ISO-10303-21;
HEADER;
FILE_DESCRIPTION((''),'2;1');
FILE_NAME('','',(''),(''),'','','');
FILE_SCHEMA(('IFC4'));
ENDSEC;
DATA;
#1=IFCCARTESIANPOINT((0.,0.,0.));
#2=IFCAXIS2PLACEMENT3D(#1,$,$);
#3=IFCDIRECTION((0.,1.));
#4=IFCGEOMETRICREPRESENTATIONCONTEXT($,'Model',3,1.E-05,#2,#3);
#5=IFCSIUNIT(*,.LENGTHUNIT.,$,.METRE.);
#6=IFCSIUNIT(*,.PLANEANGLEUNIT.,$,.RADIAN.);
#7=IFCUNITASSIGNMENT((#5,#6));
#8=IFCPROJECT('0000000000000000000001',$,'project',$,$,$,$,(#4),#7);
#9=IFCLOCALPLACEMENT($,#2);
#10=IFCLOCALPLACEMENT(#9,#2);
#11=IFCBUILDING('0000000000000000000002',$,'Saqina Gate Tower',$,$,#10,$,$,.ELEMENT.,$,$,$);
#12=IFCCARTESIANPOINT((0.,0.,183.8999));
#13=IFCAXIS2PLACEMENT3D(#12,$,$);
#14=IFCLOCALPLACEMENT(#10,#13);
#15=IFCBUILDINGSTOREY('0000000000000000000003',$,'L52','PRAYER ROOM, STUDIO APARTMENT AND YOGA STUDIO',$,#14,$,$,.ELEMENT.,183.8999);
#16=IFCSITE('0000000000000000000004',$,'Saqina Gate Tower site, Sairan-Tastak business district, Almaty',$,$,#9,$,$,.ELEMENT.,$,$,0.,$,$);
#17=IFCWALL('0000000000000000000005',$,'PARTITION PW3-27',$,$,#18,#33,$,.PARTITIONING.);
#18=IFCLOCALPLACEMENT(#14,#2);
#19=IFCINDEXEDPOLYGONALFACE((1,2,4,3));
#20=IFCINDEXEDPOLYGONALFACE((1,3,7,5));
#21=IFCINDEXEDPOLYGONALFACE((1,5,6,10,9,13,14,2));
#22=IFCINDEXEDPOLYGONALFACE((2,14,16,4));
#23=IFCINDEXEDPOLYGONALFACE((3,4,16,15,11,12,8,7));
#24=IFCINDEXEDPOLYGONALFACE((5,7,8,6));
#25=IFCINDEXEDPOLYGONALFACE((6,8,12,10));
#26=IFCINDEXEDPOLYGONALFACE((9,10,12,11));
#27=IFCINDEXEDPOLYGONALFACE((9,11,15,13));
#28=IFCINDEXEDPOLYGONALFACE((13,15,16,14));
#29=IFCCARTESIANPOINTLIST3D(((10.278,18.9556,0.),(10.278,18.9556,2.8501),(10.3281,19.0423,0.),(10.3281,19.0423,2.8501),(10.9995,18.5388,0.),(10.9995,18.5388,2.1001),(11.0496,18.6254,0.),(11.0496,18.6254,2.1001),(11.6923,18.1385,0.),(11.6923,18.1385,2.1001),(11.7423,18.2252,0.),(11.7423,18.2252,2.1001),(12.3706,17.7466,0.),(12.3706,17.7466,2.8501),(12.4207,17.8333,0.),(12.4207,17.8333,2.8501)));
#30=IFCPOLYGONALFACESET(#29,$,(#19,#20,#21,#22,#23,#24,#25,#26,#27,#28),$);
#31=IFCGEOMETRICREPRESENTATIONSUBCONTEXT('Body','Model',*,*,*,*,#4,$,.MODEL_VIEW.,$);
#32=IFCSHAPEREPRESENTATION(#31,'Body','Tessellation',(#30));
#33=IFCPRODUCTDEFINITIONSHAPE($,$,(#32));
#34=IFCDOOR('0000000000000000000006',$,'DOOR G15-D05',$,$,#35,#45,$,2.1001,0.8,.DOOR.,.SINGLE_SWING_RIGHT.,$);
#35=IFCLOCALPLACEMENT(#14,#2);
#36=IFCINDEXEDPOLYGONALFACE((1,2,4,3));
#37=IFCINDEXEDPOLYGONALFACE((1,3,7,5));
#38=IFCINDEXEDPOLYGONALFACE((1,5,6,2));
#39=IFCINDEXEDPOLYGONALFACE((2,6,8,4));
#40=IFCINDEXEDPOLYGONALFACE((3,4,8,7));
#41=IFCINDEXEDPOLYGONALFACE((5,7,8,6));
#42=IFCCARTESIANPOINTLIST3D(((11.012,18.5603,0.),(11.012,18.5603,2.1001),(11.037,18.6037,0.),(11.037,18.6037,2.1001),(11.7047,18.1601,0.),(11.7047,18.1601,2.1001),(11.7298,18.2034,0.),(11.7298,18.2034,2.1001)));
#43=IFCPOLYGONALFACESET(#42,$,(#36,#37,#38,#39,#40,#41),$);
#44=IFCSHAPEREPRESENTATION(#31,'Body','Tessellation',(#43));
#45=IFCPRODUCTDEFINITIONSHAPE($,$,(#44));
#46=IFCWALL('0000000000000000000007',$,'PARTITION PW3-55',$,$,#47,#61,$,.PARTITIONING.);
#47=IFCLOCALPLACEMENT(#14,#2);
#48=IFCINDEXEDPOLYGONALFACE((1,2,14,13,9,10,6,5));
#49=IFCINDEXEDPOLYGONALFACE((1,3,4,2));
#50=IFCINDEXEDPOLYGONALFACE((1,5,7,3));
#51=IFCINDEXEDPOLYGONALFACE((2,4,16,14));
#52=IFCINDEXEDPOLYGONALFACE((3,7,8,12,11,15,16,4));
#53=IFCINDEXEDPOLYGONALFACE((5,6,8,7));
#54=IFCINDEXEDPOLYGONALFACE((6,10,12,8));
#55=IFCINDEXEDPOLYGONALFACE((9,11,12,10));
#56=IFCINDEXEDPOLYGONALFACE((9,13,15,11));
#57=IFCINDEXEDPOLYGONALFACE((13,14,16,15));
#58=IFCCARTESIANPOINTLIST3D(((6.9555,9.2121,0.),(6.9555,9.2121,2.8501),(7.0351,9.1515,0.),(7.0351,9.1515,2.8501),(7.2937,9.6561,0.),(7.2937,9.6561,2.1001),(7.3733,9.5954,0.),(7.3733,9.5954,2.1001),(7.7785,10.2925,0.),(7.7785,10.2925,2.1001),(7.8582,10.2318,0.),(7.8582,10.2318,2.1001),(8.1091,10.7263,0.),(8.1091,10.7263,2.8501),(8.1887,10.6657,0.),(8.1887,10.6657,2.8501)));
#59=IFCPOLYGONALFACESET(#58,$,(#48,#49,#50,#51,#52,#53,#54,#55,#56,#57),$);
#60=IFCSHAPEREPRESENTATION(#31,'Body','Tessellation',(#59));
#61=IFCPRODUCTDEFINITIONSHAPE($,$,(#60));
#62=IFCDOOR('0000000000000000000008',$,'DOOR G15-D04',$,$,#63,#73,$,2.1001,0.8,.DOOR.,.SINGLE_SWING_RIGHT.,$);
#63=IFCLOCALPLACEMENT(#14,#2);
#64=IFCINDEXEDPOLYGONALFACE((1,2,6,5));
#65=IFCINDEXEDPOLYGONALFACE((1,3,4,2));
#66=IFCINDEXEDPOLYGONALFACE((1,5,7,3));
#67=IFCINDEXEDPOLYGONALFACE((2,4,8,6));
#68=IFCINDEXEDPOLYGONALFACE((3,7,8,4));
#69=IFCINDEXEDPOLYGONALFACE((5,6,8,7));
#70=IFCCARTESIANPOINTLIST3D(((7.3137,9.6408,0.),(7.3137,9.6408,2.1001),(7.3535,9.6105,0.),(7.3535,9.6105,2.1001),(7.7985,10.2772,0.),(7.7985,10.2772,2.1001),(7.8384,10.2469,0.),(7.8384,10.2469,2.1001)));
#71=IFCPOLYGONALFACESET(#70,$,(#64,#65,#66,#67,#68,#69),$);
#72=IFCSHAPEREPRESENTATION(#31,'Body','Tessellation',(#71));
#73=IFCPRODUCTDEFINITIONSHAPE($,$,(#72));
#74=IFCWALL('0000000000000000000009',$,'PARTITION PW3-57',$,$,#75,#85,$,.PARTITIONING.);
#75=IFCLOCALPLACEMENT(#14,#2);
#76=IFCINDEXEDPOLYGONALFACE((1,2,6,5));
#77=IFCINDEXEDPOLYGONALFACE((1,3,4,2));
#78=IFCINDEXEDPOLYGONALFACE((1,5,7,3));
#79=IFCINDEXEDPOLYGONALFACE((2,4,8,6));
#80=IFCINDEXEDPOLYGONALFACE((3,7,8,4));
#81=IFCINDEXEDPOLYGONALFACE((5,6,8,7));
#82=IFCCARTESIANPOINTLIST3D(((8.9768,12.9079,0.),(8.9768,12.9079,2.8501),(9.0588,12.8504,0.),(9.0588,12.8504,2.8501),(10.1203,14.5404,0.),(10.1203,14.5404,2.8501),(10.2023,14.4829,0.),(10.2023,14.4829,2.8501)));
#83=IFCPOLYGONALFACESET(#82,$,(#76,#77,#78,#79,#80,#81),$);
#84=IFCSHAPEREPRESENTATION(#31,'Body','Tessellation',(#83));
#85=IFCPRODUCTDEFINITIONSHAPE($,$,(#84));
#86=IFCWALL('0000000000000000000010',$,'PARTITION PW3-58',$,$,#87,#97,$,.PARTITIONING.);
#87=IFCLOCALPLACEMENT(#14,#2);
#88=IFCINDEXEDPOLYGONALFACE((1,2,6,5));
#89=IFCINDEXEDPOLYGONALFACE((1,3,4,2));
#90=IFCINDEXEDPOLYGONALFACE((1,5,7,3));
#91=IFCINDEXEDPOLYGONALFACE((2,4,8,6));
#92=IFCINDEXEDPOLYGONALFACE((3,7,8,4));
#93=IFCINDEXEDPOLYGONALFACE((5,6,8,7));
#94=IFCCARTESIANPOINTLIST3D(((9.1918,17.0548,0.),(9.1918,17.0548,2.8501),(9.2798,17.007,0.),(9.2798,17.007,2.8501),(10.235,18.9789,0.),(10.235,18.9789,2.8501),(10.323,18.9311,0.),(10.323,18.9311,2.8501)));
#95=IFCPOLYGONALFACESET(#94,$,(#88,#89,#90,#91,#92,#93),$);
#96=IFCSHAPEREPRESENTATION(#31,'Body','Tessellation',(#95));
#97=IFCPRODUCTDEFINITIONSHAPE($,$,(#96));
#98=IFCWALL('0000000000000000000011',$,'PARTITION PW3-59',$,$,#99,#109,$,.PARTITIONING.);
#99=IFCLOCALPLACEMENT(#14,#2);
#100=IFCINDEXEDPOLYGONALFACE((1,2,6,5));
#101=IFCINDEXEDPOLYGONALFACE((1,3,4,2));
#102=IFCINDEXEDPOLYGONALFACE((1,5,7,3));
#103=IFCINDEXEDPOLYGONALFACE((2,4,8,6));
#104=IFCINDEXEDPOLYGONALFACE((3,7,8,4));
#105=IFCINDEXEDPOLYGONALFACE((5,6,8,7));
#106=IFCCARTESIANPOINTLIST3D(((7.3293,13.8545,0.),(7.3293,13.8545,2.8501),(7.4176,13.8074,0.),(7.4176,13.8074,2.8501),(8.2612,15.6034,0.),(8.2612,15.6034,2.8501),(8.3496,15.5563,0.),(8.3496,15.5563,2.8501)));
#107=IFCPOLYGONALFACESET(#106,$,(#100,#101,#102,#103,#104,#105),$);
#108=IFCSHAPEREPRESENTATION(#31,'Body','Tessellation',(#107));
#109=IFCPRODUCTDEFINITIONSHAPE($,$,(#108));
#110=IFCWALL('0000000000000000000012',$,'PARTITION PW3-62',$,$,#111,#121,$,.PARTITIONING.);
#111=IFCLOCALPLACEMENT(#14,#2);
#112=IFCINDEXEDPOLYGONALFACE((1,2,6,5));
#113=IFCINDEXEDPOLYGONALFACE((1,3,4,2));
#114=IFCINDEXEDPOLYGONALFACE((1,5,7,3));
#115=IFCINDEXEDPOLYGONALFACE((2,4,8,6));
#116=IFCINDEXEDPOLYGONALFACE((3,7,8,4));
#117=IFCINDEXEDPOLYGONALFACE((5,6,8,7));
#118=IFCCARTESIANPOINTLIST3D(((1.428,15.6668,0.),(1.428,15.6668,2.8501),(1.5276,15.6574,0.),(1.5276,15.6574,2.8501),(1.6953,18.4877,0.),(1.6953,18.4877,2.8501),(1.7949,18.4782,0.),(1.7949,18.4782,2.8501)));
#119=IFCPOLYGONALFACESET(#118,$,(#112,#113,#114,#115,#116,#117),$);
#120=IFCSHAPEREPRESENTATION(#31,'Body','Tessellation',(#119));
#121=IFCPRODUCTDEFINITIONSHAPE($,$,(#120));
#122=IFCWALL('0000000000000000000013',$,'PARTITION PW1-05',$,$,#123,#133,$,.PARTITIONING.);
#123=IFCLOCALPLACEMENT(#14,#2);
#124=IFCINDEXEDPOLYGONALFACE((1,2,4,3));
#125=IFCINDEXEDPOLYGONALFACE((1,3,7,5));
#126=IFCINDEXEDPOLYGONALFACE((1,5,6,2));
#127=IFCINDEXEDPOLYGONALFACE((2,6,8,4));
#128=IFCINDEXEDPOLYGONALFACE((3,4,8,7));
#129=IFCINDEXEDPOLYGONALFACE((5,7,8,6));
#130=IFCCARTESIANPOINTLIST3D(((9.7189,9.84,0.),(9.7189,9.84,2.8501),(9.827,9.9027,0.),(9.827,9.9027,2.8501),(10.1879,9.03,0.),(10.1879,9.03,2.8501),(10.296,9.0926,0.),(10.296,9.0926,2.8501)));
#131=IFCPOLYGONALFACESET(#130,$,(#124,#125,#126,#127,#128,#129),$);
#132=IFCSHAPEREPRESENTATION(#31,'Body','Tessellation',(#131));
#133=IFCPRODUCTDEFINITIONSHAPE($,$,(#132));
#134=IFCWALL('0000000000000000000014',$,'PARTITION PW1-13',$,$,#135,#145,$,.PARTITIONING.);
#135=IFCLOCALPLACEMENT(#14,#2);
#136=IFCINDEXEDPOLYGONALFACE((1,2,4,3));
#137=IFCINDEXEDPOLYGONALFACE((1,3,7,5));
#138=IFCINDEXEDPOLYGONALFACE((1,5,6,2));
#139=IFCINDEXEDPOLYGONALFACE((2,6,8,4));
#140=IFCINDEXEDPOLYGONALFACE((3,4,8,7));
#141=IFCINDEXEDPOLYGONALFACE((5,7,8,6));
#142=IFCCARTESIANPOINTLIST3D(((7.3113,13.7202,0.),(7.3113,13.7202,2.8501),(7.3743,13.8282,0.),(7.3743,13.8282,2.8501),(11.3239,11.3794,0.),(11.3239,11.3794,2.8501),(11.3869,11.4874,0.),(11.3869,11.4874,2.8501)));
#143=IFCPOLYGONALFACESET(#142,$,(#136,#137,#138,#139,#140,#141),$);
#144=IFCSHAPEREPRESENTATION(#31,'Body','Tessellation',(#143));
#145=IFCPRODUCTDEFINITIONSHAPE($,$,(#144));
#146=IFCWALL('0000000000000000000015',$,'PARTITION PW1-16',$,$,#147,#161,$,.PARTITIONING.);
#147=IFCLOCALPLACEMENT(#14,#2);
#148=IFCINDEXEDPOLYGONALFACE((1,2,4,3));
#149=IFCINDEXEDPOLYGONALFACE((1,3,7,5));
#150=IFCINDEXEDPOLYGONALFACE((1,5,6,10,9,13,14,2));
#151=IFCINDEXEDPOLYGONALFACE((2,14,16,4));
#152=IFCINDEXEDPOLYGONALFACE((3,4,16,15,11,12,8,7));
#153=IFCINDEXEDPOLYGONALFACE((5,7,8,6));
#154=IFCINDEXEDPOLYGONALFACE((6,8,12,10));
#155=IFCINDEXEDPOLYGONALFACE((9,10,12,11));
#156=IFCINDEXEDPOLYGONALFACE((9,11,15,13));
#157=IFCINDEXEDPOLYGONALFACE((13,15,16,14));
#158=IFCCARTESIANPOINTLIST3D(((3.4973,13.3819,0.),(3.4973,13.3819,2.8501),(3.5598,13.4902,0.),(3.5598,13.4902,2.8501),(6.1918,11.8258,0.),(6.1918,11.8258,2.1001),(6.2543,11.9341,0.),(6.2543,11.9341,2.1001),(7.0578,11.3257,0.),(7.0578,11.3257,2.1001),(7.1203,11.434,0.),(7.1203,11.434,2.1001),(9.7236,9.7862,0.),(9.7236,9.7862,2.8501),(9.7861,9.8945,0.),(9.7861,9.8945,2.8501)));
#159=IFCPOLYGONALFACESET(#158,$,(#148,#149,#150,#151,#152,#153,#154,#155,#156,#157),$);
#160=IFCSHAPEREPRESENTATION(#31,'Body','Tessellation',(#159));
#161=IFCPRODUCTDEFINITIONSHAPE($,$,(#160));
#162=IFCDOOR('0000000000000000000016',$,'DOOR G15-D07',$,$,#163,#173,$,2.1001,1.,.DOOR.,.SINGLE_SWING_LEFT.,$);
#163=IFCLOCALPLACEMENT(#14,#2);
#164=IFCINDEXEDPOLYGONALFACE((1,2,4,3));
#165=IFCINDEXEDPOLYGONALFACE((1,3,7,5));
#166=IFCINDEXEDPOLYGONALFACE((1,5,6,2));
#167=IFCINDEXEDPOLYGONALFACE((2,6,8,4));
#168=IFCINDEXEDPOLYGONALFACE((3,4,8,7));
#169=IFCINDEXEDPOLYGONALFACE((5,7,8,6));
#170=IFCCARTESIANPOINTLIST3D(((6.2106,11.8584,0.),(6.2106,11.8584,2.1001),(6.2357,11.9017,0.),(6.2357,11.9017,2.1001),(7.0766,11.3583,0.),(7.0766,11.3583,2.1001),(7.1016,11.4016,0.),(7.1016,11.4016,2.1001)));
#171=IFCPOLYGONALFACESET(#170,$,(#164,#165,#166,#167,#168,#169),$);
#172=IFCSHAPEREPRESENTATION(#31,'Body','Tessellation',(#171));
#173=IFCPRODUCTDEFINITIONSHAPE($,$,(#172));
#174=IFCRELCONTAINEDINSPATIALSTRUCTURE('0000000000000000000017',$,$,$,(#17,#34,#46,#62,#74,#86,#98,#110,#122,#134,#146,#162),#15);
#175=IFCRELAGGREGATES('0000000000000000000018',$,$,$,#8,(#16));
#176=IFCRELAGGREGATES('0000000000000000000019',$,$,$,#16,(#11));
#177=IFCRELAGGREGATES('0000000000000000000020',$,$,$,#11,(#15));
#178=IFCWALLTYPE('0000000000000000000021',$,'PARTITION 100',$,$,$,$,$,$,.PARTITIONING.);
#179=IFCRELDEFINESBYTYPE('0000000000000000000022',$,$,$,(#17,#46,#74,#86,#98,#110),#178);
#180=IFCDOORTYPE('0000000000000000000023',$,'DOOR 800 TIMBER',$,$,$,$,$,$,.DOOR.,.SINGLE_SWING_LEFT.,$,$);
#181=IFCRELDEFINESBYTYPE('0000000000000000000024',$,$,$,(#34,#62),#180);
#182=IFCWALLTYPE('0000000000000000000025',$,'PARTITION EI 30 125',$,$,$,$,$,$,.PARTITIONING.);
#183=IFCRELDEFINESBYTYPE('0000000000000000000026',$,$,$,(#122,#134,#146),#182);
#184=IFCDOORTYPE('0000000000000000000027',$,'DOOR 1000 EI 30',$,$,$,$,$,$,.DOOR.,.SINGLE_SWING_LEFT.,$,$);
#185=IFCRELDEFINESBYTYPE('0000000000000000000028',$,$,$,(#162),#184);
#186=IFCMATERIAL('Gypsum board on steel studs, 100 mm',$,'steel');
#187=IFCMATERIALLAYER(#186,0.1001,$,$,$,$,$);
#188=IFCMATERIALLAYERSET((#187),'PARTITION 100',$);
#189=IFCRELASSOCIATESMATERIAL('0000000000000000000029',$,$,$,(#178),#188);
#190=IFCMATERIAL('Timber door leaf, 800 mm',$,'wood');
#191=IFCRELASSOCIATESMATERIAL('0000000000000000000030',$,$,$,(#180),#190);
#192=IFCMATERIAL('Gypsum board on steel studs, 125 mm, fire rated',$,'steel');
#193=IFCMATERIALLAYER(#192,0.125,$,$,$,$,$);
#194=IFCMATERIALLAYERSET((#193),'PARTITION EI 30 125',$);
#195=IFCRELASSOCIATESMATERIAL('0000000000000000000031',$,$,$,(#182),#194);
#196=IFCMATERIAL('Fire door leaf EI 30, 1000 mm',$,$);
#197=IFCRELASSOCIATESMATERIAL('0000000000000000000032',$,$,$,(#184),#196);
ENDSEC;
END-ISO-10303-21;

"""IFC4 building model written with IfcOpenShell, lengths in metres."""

from ifc_helpers import new_model, si_unit, direction, frame, frame_2d, origin, place, context, subcontext, project, spatial, rectangle, extrude, material, layer, layer_set, type_object, element, fill, save


model = new_model("IFC4")

# Units and contexts
model_context = context("Model", 3, precision=1e-05, world=origin(), true_north=direction((0.0, 1.0)))
body_context = subcontext(model_context, "Body", "Model", "MODEL_VIEW")
ifc_project = project(units=[si_unit("LENGTHUNIT", "METRE"), si_unit("PLANEANGLEUNIT", "RADIAN")], contexts=[model_context])

# Site, building, storey
site_placement = place(None, origin())
site = spatial("IfcSite", under=ifc_project, at=site_placement, Name="Saqina Gate Tower site, Sairan-Tastak business district, Almaty", CompositionType="ELEMENT", RefElevation=0.0)
building_placement = place(site_placement, origin())
building = spatial("IfcBuilding", under=site, at=building_placement, Name="Saqina Gate Tower", CompositionType="ELEMENT")
storey_placement = place(building_placement, frame((0.0, 0.0, 183.8999)))
storey = spatial("IfcBuildingStorey", under=building, at=storey_placement, Name="L52", Description="PRAYER ROOM, STUDIO APARTMENT AND YOGA STUDIO", CompositionType="ELEMENT", Elevation=183.8999)

# Shared definitions
ifc_material_1 = material(Name="Gypsum board on steel studs, 100 mm", Category="steel")
ifc_layer_1 = layer(ifc_material_1, 0.1001)
ifc_layer_set_1 = layer_set([ifc_layer_1], Name="PARTITION 100")
wall_type_1 = type_object("IfcWallType", Name="PARTITION 100", PredefinedType="PARTITIONING", material=ifc_layer_set_1)
ifc_material_2 = material(Name="Timber door leaf, 800 mm", Category="wood")
door_type_1 = type_object("IfcDoorType", Name="DOOR 800 TIMBER", OperationType="SINGLE_SWING_LEFT", PredefinedType="DOOR", material=ifc_material_2)

# Walls, openings, doors
wall_1_placement = place(storey_placement, frame((10.303, 18.999, 0.0), z_axis=(0.0, 0.0, 1.0), x_axis=(0.865871, -0.500267, 0.0)))
wall_1 = element("IfcWall", 1, at=wall_1_placement, inside=storey, type_object=wall_type_1, Name="PARTITION PW3-27", PredefinedType="PARTITIONING", context=body_context, shape_type="SweptSolid", body=[
    extrude(rectangle(XDim=2.4167, YDim=0.1001, at=frame_2d((1.2085, 0.0))), origin(), (0.0, 0.0, 1.0), 2.8501),
])
opening_1_placement = place(wall_1_placement, frame((0.8335, 0.0, 0.0)))
opening_1 = element("IfcOpeningElement", 2, at=opening_1_placement, cuts=wall_1, PredefinedType="OPENING", context=body_context, shape_type="SweptSolid", body=[
    extrude(rectangle(XDim=0.8, YDim=2.1001, at=frame_2d((0.3999, 1.05))), frame((0.0, 0.062, 0.0), z_axis=(0.0, -1.0, 0.0), x_axis=(1.0, 0.0, 0.0)), (0.0, 0.0, 1.0), 0.124),
])
door_1_placement = place(opening_1_placement, origin())
door_1 = element("IfcDoor", 3, at=door_1_placement, inside=storey, type_object=door_type_1, Name="DOOR G15-D05", OperationType="SINGLE_SWING_RIGHT", OverallHeight=2.1001, OverallWidth=0.8, PredefinedType="DOOR", context=body_context, shape_type="SweptSolid", body=[
    extrude(rectangle(XDim=0.8, YDim=2.1001, at=frame_2d((0.3999, 1.05))), frame((0.0, 0.0249, 0.0), z_axis=(0.0, -1.0, 0.0), x_axis=(1.0, 0.0, 0.0)), (0.0, 0.0, 1.0), 0.05),
])
fill(opening_1, door_1)
wall_2_placement = place(storey_placement, frame((6.9954, 9.1819, 0.0), z_axis=(0.0, 0.0, 1.0), x_axis=(0.606016, 0.795452, 0.0)))
wall_2 = element("IfcWall", 4, at=wall_2_placement, inside=storey, type_object=wall_type_1, Name="PARTITION PW3-55", PredefinedType="PARTITIONING", context=body_context, shape_type="SweptSolid", body=[
    extrude(rectangle(XDim=1.9036, YDim=0.1001, at=frame_2d((0.9517, 0.0))), origin(), (0.0, 0.0, 1.0), 2.8501),
])
opening_2_placement = place(wall_2_placement, frame((0.5581, 0.0, 0.0)))
opening_2 = element("IfcOpeningElement", 5, at=opening_2_placement, cuts=wall_2, PredefinedType="OPENING", context=body_context, shape_type="SweptSolid", body=[
    extrude(rectangle(XDim=0.8, YDim=2.1001, at=frame_2d((0.3999, 1.05))), frame((0.0, 0.062, 0.0), z_axis=(0.0, -1.0, 0.0), x_axis=(1.0, 0.0, 0.0)), (0.0, 0.0, 1.0), 0.124),
])
door_2_placement = place(opening_2_placement, origin())
door_2 = element("IfcDoor", 6, at=door_2_placement, inside=storey, type_object=door_type_1, Name="DOOR G15-D04", OperationType="SINGLE_SWING_RIGHT", OverallHeight=2.1001, OverallWidth=0.8, PredefinedType="DOOR", context=body_context, shape_type="SweptSolid", body=[
    extrude(rectangle(XDim=0.8, YDim=2.1001, at=frame_2d((0.3999, 1.05))), frame((0.0, 0.0249, 0.0), z_axis=(0.0, -1.0, 0.0), x_axis=(1.0, 0.0, 0.0)), (0.0, 0.0, 1.0), 0.05),
])
fill(opening_2, door_2)

# Walls
wall_3_placement = place(storey_placement, frame((9.0178, 12.8792, 0.0), z_axis=(0.0, 0.0, 1.0), x_axis=(0.573717, 0.819053, 0.0)))
element("IfcWall", 7, at=wall_3_placement, inside=storey, type_object=wall_type_1, Name="PARTITION PW3-57", PredefinedType="PARTITIONING", context=body_context, shape_type="SweptSolid", body=[
    extrude(rectangle(XDim=1.9932, YDim=0.1001, at=frame_2d((0.9966, 0.0))), origin(), (0.0, 0.0, 1.0), 2.8501),
])
wall_4_placement = place(storey_placement, frame((9.2358, 17.031, 0.0), z_axis=(0.0, 0.0, 1.0), x_axis=(0.476639, 0.879099, 0.0)))
element("IfcWall", 8, at=wall_4_placement, inside=storey, type_object=wall_type_1, Name="PARTITION PW3-58", PredefinedType="PARTITIONING", context=body_context, shape_type="SweptSolid", body=[
    extrude(rectangle(XDim=2.1887, YDim=0.1001, at=frame_2d((1.0942, 0.0))), origin(), (0.0, 0.0, 1.0), 2.8501),
])
wall_5_placement = place(storey_placement, frame((7.3735, 13.8311, 0.0), z_axis=(0.0, 0.0, 1.0), x_axis=(0.470275, 0.88252, 0.0)))
element("IfcWall", 9, at=wall_5_placement, inside=storey, type_object=wall_type_1, Name="PARTITION PW3-59", PredefinedType="PARTITIONING", context=body_context, shape_type="SweptSolid", body=[
    extrude(rectangle(XDim=1.9817, YDim=0.1001, at=frame_2d((0.9907, 0.0))), origin(), (0.0, 0.0, 1.0), 2.8501),
])
wall_6_placement = place(storey_placement, frame((1.4778, 15.6621, 0.0), z_axis=(0.0, 0.0, 1.0), x_axis=(0.09435, 0.995539, 0.0)))
element("IfcWall", 10, at=wall_6_placement, inside=storey, type_object=wall_type_1, Name="PARTITION PW3-62", PredefinedType="PARTITIONING", context=body_context, shape_type="SweptSolid", body=[
    extrude(rectangle(XDim=2.8335, YDim=0.1001, at=frame_2d((1.4167, 0.0))), origin(), (0.0, 0.0, 1.0), 2.8501),
])
ifc_material_3 = material(Name="Gypsum board on steel studs, 125 mm, fire rated", Category="steel")
ifc_layer_2 = layer(ifc_material_3, 0.125)
ifc_layer_set_2 = layer_set([ifc_layer_2], Name="PARTITION EI 30 125")
wall_type_2 = type_object("IfcWallType", Name="PARTITION EI 30 125", PredefinedType="PARTITIONING", material=ifc_layer_set_2)
wall_7_placement = place(storey_placement, frame((9.7729, 9.8713, 0.0), z_axis=(0.0, 0.0, 1.0), x_axis=(0.501047, -0.86542, 0.0)))
element("IfcWall", 11, at=wall_7_placement, inside=storey, type_object=wall_type_2, Name="PARTITION PW1-05", PredefinedType="PARTITIONING", context=body_context, shape_type="SweptSolid", body=[
    extrude(rectangle(XDim=0.936, YDim=0.125, at=frame_2d((0.468, 0.0))), origin(), (0.0, 0.0, 1.0), 2.8501),
])
wall_8_placement = place(storey_placement, frame((7.3428, 13.7742, 0.0), z_axis=(0.0, 0.0, 1.0), x_axis=(0.863771, -0.503884, 0.0)))
element("IfcWall", 12, at=wall_8_placement, inside=storey, type_object=wall_type_2, Name="PARTITION PW1-13", PredefinedType="PARTITIONING", context=body_context, shape_type="SweptSolid", body=[
    extrude(rectangle(XDim=4.6455, YDim=0.125, at=frame_2d((2.3228, 0.0))), origin(), (0.0, 0.0, 1.0), 2.8501),
])

# Wall, opening, door
wall_9_placement = place(storey_placement, frame((3.5286, 13.436, 0.0), z_axis=(0.0, 0.0, 1.0), x_axis=(0.865969, -0.500098, 0.0)))
wall_9 = element("IfcWall", 13, at=wall_9_placement, inside=storey, type_object=wall_type_2, Name="PARTITION PW1-16", PredefinedType="PARTITIONING", context=body_context, shape_type="SweptSolid", body=[
    extrude(rectangle(XDim=7.1899, YDim=0.125, at=frame_2d((3.595, 0.0))), origin(), (0.0, 0.0, 1.0), 2.8501),
])
opening_3_placement = place(wall_9_placement, frame((3.1116, 0.0, 0.0)))
opening_3 = element("IfcOpeningElement", 14, at=opening_3_placement, cuts=wall_9, PredefinedType="OPENING", context=body_context, shape_type="SweptSolid", body=[
    extrude(rectangle(XDim=1.0, YDim=2.1001, at=frame_2d((0.5, 1.05))), frame((0.0, 0.0745, 0.0), z_axis=(0.0, -1.0, 0.0), x_axis=(1.0, 0.0, 0.0)), (0.0, 0.0, 1.0), 0.1489),
])
ifc_material_4 = material(Name="Fire door leaf EI 30, 1000 mm")
door_type_2 = type_object("IfcDoorType", Name="DOOR 1000 EI 30", OperationType="SINGLE_SWING_LEFT", PredefinedType="DOOR", material=ifc_material_4)
door_3_placement = place(opening_3_placement, frame((1.0, 0.0, 0.0), z_axis=(0.0, 0.0, 1.0), x_axis=(-1.0, 0.0, 0.0)))
door_3 = element("IfcDoor", 15, at=door_3_placement, inside=storey, type_object=door_type_2, Name="DOOR G15-D07", OperationType="SINGLE_SWING_LEFT", OverallHeight=2.1001, OverallWidth=1.0, PredefinedType="DOOR", context=body_context, shape_type="SweptSolid", body=[
    extrude(rectangle(XDim=1.0, YDim=2.1001, at=frame_2d((0.5, 1.05))), frame((0.0, 0.0249, 0.0), z_axis=(0.0, -1.0, 0.0), x_axis=(1.0, 0.0, 0.0)), (0.0, 0.0, 1.0), 0.05),
])
fill(opening_3, door_3)

save(model, "model.ifc")
